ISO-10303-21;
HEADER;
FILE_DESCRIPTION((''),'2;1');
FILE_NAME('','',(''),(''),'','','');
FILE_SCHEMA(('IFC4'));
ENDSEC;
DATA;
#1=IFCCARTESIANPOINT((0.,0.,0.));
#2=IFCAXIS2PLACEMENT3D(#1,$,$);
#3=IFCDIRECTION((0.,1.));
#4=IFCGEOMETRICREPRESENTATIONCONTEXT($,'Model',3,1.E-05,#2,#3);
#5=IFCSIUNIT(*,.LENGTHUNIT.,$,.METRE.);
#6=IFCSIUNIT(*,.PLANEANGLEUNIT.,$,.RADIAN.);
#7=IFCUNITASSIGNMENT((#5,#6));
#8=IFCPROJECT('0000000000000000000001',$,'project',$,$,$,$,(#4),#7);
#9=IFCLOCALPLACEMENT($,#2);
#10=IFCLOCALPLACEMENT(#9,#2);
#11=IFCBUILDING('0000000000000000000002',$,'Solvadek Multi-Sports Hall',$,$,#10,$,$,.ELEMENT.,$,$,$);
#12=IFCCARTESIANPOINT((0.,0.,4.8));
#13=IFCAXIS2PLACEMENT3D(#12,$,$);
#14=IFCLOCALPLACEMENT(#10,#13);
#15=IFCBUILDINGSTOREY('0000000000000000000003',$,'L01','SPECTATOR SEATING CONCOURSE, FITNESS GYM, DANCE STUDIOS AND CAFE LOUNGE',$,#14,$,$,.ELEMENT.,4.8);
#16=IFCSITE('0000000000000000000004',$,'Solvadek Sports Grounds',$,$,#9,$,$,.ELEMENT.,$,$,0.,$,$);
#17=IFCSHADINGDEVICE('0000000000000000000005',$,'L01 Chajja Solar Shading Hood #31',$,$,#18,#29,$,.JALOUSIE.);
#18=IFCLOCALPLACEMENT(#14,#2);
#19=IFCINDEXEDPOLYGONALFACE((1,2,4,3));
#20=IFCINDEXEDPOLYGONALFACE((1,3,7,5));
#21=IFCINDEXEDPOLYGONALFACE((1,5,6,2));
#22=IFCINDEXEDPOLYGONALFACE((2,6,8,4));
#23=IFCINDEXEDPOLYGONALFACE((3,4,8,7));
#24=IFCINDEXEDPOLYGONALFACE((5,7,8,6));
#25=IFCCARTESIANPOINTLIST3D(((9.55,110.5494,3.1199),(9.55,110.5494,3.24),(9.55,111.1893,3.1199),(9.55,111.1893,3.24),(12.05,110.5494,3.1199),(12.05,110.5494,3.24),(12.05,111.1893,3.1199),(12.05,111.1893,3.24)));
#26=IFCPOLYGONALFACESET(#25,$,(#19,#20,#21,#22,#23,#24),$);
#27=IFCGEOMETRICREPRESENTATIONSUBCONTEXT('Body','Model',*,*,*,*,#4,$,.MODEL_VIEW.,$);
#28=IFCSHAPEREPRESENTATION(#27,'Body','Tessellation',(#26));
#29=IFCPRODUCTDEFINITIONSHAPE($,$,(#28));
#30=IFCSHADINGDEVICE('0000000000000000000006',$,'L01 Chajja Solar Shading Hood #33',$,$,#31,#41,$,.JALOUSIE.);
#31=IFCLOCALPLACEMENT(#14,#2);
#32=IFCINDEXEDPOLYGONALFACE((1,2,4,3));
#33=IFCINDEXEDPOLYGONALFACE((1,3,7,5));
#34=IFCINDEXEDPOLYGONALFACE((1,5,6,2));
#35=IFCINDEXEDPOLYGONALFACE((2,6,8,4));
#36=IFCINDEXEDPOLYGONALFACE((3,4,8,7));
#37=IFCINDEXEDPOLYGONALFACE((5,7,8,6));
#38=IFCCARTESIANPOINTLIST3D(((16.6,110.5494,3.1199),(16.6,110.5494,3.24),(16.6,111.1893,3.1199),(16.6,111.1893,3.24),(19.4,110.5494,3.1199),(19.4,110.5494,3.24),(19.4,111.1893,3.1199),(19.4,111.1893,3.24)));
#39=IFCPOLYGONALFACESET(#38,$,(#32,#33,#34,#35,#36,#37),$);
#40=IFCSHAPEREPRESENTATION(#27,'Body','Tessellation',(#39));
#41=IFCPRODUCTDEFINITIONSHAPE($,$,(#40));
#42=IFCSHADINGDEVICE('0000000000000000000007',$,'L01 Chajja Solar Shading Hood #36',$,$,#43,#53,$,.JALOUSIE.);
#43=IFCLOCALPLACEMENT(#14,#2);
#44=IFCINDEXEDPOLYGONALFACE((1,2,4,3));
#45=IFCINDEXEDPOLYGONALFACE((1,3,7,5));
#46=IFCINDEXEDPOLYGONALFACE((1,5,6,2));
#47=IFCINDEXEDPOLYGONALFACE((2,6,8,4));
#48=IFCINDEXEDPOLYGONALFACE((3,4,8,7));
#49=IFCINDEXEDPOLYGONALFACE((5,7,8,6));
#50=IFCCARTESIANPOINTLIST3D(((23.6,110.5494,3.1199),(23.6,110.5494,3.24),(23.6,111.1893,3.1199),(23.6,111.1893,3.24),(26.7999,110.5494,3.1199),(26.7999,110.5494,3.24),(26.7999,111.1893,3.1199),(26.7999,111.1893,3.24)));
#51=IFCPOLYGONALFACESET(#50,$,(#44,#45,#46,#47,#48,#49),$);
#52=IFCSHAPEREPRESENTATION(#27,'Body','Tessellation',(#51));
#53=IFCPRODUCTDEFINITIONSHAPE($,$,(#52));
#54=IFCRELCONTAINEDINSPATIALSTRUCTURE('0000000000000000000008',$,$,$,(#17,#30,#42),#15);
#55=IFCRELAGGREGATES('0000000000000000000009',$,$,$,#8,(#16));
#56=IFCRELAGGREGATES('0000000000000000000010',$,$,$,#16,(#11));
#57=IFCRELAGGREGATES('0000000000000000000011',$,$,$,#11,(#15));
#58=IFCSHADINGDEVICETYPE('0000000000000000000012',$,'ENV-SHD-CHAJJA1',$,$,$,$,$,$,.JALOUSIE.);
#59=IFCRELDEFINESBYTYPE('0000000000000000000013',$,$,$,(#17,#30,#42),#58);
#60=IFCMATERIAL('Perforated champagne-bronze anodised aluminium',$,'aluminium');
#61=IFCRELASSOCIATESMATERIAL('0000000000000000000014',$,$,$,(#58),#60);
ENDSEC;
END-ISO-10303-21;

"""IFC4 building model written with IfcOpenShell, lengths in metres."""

from ifc_helpers import new_model, si_unit, direction, frame, origin, origin_2d, place, context, subcontext, project, spatial, rectangle, extrude, material, type_object, element, save


model = new_model("IFC4")

# Units and contexts
model_context = context("Model", 3, precision=1e-05, world=origin(), true_north=direction((0.0, 1.0)))
body_context = subcontext(model_context, "Body", "Model", "MODEL_VIEW")
ifc_project = project(units=[si_unit("LENGTHUNIT", "METRE"), si_unit("PLANEANGLEUNIT", "RADIAN")], contexts=[model_context])

# Site, building, storey
site_placement = place(None, origin())
site = spatial("IfcSite", under=ifc_project, at=site_placement, Name="Solvadek Sports Grounds", CompositionType="ELEMENT", RefElevation=0.0)
building_placement = place(site_placement, origin())
building = spatial("IfcBuilding", under=site, at=building_placement, Name="Solvadek Multi-Sports Hall", CompositionType="ELEMENT")
storey_placement = place(building_placement, frame((0.0, 0.0, 4.8)))
storey = spatial("IfcBuildingStorey", under=building, at=storey_placement, Name="L01", Description="SPECTATOR SEATING CONCOURSE, FITNESS GYM, DANCE STUDIOS AND CAFE LOUNGE", CompositionType="ELEMENT", Elevation=4.8)

# Shading devices
ifc_material_1 = material(Name="Perforated champagne-bronze anodised aluminium", Category="aluminium")
shading_device_type = type_object("IfcShadingDeviceType", Name="ENV-SHD-CHAJJA1", PredefinedType="JALOUSIE", material=ifc_material_1)
shading_device_1_placement = place(storey_placement, frame((10.8, 110.8694, 3.1199), z_axis=(0.0, 0.0, 1.0), x_axis=(1.0, 0.0, 0.0)))
element("IfcShadingDevice", 1, at=shading_device_1_placement, inside=storey, type_object=shading_device_type, Name="L01 Chajja Solar Shading Hood #31", PredefinedType="JALOUSIE", context=body_context, shape_type="SweptSolid", body=[
    extrude(rectangle(XDim=2.5, YDim=0.6399, at=origin_2d()), origin(), (0.0, 0.0, 1.0), 0.1201),
])
shading_device_2_placement = place(storey_placement, frame((18.0, 110.8694, 3.1199), z_axis=(0.0, 0.0, 1.0), x_axis=(1.0, 0.0, 0.0)))
element("IfcShadingDevice", 2, at=shading_device_2_placement, inside=storey, type_object=shading_device_type, Name="L01 Chajja Solar Shading Hood #33", PredefinedType="JALOUSIE", context=body_context, shape_type="SweptSolid", body=[
    extrude(rectangle(XDim=2.8, YDim=0.6399, at=origin_2d()), origin(), (0.0, 0.0, 1.0), 0.1201),
])
shading_device_3_placement = place(storey_placement, frame((25.2, 110.8694, 3.1199), z_axis=(0.0, 0.0, 1.0), x_axis=(1.0, 0.0, 0.0)))
element("IfcShadingDevice", 3, at=shading_device_3_placement, inside=storey, type_object=shading_device_type, Name="L01 Chajja Solar Shading Hood #36", PredefinedType="JALOUSIE", context=body_context, shape_type="SweptSolid", body=[
    extrude(rectangle(XDim=3.2, YDim=0.6399, at=origin_2d()), origin(), (0.0, 0.0, 1.0), 0.1201),
])

save(model, "model.ifc")
